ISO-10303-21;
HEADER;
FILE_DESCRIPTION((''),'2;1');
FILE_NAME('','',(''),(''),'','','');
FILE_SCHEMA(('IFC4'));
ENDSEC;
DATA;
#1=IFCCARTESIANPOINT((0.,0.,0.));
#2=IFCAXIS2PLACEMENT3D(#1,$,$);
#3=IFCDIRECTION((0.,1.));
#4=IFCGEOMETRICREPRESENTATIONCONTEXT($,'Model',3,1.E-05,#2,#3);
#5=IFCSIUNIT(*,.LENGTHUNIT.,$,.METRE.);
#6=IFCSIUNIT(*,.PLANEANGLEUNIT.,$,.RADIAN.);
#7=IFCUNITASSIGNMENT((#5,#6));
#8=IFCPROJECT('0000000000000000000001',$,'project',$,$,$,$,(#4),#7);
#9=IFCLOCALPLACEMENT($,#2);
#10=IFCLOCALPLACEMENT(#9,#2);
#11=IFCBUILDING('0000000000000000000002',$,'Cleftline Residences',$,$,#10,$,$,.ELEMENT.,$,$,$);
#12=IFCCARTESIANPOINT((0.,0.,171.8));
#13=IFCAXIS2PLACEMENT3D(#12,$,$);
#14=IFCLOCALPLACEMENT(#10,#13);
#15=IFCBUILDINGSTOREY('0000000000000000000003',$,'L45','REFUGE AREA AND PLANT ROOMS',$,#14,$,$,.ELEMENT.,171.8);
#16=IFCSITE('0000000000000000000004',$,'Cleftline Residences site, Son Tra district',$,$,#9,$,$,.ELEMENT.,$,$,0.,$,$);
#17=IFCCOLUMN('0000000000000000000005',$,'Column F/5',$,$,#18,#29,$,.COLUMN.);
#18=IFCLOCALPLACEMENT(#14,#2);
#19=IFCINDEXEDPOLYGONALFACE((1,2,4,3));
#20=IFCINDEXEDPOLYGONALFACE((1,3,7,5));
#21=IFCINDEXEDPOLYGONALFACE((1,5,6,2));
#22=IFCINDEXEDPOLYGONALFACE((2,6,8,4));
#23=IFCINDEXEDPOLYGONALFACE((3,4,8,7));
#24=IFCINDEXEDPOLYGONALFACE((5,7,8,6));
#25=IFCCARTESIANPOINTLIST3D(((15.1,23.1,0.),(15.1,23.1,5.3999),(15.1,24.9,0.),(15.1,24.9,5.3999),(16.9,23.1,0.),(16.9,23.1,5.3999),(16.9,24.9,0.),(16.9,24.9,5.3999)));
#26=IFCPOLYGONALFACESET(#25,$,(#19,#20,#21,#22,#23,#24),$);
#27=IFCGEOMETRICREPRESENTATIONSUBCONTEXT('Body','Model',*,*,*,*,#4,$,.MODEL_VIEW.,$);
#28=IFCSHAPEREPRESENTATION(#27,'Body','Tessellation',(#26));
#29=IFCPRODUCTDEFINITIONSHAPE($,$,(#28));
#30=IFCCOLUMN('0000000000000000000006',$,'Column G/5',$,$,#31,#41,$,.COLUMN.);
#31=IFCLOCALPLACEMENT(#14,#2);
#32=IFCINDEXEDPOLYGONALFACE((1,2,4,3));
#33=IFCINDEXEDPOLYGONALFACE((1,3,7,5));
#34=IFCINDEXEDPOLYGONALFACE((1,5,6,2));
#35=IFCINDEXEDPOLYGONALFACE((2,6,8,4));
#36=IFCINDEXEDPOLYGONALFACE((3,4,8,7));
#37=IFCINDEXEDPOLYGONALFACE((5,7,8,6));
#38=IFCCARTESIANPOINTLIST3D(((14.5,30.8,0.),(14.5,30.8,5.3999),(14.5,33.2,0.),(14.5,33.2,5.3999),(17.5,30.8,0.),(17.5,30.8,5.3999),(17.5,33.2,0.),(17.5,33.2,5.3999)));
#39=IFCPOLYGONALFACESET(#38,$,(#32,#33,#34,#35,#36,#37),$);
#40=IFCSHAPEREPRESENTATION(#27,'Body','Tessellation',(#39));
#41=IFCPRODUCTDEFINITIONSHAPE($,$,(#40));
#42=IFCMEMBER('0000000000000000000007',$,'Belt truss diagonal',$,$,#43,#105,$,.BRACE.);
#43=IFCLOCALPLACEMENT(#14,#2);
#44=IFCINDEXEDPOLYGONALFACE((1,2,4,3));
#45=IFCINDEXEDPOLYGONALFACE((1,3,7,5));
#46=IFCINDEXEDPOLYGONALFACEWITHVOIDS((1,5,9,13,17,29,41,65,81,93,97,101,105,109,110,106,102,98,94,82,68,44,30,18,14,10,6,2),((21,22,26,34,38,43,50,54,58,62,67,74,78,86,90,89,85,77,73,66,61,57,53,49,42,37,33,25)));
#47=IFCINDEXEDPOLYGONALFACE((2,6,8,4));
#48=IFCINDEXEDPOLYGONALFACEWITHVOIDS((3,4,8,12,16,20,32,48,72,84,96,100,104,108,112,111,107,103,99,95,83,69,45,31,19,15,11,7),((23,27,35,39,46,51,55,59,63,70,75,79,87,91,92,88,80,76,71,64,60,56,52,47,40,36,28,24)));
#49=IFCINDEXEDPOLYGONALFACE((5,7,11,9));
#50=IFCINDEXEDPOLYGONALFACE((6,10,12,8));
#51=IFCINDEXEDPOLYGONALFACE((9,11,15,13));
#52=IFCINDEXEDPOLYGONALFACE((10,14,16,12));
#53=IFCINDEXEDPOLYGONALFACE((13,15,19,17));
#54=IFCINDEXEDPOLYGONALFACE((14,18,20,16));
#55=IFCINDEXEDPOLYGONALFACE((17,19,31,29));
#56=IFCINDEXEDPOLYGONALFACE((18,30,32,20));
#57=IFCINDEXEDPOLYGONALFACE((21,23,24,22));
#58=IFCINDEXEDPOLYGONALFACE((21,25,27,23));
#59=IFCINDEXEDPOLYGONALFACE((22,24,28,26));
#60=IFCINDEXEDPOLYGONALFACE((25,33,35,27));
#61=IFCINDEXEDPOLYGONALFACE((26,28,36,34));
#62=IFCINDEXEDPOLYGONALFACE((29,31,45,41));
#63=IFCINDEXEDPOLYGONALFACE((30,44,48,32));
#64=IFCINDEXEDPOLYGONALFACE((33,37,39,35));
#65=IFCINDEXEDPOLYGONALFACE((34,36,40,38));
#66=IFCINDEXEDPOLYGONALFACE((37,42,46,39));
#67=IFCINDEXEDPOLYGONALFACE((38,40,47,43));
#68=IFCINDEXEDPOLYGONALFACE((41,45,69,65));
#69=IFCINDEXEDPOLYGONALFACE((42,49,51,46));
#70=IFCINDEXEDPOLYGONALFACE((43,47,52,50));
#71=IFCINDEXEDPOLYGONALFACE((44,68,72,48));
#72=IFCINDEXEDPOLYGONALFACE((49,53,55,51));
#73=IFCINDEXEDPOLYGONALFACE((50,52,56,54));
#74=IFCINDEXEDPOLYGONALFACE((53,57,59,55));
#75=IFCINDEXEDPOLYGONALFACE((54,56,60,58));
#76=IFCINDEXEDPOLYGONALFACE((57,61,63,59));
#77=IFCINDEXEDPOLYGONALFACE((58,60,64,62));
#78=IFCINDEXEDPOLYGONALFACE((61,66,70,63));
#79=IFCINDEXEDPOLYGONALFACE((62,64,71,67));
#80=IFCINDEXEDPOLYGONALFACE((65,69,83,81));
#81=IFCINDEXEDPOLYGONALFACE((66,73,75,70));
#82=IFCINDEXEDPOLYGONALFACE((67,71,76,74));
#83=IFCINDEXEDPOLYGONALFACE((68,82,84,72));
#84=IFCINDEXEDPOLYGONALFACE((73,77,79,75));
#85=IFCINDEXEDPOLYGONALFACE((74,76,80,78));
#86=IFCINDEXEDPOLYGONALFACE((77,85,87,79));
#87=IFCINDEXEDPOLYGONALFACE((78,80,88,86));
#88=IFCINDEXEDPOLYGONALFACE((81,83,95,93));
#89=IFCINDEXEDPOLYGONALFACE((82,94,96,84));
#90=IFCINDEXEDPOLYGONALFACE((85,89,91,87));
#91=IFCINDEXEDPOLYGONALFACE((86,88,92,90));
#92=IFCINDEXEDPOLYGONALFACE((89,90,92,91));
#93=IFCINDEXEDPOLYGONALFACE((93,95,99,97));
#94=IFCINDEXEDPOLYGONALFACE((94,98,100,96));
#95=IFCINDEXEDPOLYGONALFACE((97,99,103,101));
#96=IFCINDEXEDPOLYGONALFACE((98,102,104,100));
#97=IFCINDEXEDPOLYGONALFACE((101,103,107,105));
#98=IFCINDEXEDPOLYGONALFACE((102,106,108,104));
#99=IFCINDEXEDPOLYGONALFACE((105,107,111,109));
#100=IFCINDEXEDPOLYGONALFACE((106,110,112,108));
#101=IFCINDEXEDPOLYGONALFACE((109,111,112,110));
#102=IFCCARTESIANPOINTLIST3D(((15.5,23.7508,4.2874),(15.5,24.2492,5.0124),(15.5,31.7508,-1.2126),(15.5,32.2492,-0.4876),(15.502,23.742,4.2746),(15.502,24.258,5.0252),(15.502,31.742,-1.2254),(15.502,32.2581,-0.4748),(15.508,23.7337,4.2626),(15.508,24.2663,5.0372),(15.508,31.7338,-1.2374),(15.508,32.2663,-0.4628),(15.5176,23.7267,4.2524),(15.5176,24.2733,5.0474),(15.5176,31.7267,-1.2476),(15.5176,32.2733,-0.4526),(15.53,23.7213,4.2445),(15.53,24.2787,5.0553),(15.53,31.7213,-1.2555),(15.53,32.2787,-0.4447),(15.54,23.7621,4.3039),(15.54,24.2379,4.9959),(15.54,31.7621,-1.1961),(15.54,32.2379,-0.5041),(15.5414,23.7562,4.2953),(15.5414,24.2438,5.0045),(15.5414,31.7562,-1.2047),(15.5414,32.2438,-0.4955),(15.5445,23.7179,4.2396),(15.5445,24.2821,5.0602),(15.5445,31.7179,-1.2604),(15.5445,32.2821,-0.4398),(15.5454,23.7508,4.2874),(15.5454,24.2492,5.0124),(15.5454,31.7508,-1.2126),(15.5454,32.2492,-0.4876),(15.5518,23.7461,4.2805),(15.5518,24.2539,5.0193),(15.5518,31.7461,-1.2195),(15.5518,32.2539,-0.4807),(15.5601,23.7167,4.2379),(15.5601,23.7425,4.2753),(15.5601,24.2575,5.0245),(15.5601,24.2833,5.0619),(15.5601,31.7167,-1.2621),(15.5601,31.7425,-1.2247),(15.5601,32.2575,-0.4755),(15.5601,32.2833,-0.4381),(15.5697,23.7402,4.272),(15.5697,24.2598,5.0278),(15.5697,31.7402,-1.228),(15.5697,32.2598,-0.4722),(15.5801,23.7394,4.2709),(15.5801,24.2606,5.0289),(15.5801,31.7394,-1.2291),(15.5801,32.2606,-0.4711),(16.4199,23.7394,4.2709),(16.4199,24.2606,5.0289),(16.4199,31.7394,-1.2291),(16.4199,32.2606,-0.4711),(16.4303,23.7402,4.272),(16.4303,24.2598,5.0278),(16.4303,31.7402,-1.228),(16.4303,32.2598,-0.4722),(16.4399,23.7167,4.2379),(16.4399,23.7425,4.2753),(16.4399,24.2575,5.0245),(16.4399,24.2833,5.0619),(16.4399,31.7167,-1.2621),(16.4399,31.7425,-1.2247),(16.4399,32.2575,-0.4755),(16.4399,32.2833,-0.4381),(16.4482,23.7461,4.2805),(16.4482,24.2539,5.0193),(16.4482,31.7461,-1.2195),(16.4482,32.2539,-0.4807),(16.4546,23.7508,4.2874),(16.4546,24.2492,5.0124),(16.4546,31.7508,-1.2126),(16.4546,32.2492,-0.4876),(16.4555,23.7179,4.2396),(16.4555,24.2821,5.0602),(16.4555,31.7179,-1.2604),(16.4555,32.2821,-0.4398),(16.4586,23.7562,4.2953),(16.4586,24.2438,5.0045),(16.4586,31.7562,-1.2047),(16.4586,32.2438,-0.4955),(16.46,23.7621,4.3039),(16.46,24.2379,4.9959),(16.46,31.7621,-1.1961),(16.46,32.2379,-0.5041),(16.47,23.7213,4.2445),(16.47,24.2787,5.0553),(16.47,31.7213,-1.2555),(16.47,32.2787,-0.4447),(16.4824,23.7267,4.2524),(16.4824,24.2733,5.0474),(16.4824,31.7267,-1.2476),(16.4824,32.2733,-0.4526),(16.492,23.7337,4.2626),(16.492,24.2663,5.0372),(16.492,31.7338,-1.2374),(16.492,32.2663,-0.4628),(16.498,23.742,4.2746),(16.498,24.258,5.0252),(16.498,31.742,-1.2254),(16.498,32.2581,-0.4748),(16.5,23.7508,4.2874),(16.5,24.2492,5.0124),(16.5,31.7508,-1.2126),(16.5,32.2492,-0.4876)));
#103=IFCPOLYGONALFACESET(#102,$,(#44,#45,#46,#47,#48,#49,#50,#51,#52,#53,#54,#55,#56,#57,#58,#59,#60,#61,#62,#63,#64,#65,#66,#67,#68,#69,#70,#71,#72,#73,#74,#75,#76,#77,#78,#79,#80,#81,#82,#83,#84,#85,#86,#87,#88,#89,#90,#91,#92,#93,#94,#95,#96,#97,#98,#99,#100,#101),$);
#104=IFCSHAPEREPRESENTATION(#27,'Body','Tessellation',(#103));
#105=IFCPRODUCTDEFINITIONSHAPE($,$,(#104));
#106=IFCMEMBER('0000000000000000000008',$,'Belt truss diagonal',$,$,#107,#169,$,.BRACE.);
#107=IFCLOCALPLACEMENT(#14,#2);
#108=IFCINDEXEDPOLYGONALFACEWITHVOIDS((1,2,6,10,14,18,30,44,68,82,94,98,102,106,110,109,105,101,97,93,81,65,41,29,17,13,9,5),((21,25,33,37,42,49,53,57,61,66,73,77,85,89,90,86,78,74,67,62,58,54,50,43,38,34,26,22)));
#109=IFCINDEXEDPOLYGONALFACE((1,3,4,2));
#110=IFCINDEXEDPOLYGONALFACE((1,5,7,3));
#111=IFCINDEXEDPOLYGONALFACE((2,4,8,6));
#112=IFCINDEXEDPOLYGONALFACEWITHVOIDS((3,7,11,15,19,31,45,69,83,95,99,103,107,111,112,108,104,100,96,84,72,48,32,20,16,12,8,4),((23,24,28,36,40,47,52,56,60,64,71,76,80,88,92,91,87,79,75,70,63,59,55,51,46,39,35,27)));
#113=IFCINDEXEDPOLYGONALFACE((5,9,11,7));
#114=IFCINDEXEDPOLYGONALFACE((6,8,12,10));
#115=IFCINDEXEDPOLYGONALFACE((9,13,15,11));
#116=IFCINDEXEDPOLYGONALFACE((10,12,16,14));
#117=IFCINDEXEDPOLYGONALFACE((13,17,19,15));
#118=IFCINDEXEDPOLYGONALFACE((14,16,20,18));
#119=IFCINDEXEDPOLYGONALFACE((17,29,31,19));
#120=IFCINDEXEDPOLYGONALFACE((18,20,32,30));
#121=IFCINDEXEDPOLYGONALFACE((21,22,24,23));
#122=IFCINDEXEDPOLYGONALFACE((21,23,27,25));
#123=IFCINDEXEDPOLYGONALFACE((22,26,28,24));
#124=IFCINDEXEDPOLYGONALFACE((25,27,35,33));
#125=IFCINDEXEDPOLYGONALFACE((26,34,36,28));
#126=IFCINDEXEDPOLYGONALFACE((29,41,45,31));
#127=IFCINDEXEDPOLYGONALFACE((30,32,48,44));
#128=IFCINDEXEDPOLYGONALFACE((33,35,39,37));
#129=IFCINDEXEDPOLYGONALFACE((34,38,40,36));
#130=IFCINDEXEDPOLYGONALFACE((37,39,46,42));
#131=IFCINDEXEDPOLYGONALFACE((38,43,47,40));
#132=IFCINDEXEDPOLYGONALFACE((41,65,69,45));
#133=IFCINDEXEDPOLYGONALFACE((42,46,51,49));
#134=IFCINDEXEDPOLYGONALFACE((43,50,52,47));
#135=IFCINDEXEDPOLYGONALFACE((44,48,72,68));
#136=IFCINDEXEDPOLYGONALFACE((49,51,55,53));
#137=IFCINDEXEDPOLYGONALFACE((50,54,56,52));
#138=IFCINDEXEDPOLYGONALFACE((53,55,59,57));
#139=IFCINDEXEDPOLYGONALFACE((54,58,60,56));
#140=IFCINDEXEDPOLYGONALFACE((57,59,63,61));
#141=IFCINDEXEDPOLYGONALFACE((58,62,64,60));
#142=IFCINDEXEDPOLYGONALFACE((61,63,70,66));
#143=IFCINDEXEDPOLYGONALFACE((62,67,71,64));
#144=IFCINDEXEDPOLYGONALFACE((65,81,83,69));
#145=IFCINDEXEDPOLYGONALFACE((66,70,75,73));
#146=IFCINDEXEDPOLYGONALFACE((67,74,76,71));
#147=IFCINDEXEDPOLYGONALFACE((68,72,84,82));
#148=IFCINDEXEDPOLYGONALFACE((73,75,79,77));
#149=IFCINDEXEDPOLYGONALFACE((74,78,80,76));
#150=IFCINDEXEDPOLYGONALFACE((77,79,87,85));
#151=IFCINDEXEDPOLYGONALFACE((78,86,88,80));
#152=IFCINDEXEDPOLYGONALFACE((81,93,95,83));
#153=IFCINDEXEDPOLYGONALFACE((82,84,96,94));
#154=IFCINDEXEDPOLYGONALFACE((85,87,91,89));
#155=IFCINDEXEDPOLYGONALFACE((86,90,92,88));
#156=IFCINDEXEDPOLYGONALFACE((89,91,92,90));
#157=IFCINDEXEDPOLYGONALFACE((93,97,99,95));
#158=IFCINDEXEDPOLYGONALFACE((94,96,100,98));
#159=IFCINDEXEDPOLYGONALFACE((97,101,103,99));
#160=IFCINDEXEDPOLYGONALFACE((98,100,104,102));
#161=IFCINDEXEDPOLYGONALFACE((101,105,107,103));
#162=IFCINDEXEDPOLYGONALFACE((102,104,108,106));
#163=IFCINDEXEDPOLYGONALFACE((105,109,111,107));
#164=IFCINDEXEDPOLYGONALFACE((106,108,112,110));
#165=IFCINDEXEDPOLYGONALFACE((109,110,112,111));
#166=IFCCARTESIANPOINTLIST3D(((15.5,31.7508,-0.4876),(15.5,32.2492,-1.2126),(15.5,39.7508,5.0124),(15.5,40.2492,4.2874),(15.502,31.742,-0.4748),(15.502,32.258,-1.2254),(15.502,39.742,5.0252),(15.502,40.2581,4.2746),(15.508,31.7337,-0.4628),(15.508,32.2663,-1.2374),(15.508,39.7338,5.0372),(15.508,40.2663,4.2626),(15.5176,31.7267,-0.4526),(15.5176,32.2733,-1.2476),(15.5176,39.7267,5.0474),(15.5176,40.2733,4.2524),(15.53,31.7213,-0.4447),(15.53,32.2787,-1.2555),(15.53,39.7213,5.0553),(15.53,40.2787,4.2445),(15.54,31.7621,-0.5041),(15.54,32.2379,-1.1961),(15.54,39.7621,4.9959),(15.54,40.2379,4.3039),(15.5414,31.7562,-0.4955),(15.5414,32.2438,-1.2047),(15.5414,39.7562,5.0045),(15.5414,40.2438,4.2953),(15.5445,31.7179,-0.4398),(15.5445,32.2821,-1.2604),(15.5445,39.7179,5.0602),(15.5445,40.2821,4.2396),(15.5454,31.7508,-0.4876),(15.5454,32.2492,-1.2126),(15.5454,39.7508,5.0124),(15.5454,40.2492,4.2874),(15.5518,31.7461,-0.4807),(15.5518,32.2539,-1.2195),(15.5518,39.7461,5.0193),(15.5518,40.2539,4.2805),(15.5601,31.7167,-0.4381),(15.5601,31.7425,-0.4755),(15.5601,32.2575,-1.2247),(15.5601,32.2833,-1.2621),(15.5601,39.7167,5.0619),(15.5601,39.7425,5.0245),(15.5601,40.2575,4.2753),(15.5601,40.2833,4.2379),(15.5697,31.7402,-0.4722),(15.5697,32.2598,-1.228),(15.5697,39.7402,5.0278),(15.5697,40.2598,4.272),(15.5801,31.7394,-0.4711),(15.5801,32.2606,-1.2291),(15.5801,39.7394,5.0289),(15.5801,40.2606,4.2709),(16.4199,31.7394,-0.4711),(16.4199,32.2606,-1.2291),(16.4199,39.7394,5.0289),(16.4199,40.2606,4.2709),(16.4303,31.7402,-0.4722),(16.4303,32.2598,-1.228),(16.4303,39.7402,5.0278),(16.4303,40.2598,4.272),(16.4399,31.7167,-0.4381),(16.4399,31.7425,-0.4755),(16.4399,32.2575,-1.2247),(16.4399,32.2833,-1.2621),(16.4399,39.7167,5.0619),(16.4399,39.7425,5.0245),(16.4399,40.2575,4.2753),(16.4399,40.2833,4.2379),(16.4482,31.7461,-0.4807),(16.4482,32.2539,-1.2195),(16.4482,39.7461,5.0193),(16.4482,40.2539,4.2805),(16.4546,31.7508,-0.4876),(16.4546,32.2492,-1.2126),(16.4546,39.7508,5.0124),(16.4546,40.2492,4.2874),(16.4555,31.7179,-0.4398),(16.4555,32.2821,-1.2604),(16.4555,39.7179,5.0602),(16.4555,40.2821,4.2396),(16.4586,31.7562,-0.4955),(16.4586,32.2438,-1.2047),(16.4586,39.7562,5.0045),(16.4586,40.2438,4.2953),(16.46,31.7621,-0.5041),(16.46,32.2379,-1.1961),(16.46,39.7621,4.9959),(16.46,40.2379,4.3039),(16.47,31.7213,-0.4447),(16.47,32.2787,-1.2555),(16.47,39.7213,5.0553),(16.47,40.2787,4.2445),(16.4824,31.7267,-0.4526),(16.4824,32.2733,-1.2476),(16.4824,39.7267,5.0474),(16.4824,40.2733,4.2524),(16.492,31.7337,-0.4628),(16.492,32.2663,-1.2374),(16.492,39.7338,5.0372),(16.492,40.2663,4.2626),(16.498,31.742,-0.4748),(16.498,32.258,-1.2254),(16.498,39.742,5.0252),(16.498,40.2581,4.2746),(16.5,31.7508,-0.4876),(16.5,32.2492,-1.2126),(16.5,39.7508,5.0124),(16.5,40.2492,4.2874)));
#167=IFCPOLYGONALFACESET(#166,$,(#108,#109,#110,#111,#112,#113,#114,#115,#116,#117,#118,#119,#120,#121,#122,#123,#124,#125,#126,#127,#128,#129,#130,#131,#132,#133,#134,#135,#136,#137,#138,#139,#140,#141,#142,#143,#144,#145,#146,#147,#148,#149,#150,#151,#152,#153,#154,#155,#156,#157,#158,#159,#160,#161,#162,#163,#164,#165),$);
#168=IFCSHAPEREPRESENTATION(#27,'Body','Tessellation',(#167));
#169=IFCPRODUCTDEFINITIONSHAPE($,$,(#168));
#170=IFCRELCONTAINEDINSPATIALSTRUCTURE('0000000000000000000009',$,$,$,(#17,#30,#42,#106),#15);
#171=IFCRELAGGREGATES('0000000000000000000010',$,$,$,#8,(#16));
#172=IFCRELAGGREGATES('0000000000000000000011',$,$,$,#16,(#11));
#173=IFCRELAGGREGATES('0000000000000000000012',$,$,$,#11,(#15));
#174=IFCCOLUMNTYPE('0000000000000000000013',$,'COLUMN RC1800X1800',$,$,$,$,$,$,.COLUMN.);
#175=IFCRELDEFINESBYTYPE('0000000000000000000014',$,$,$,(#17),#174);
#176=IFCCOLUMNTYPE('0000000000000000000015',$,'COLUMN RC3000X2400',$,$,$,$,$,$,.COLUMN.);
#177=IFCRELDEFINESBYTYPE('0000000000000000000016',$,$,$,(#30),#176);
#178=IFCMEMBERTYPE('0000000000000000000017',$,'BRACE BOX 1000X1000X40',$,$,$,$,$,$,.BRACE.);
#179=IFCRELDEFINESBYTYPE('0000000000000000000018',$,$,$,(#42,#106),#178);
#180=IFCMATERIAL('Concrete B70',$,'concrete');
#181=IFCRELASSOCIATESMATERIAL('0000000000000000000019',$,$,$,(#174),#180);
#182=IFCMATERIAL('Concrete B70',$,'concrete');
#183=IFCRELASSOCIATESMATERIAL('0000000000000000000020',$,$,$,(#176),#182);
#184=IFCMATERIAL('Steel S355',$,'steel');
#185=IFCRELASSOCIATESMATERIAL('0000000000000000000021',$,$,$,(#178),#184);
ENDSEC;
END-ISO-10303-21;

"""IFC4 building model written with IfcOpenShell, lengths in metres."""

from ifc_helpers import new_model, si_unit, direction, frame, origin, origin_2d, place, context, subcontext, project, spatial, rectangle, hollow_rectangle, extrude, material, material_profile, profile_set, type_object, element, save


model = new_model("IFC4")

# Units and contexts
model_context = context("Model", 3, precision=1e-05, world=origin(), true_north=direction((0.0, 1.0)))
body_context = subcontext(model_context, "Body", "Model", "MODEL_VIEW")
ifc_project = project(units=[si_unit("LENGTHUNIT", "METRE"), si_unit("PLANEANGLEUNIT", "RADIAN")], contexts=[model_context])

# Site, building, storey
site_placement = place(None, origin())
site = spatial("IfcSite", under=ifc_project, at=site_placement, Name="Cleftline Residences site, Son Tra district", CompositionType="ELEMENT", RefElevation=0.0)
building_placement = place(site_placement, origin())
building = spatial("IfcBuilding", under=site, at=building_placement, Name="Cleftline Residences", CompositionType="ELEMENT")
storey_placement = place(building_placement, frame((0.0, 0.0, 171.8)))
storey = spatial("IfcBuildingStorey", under=building, at=storey_placement, Name="L45", Description="REFUGE AREA AND PLANT ROOMS", CompositionType="ELEMENT", Elevation=171.8)

# Columns
ifc_material_1 = material(Name="Concrete B70", Category="concrete")
ifc_material_profile_1 = material_profile(ifc_material_1, rectangle(XDim=1.8, YDim=1.8, at=origin_2d()))
ifc_profile_set_1 = profile_set([ifc_material_profile_1], Name="Concrete B70")
column_type_1 = type_object("IfcColumnType", Name="COLUMN RC1800X1800", PredefinedType="COLUMN", material=ifc_profile_set_1)
column_1_placement = place(storey_placement, frame((16.0, 24.0, 0.0), z_axis=(0.0, 0.0, 1.0), x_axis=(1.0, 0.0, 0.0)))
element("IfcColumn", 1, at=column_1_placement, inside=storey, type_object=column_type_1, Name="Column F/5", PredefinedType="COLUMN", context=body_context, shape_type="SweptSolid", body=[
    extrude(rectangle(XDim=1.8, YDim=1.8, at=origin_2d()), origin(), (0.0, 0.0, 1.0), 5.3999),
])
ifc_material_2 = material(Name="Concrete B70", Category="concrete")
ifc_material_profile_2 = material_profile(ifc_material_2, rectangle(XDim=3.0, YDim=2.3999, at=origin_2d()))
ifc_profile_set_2 = profile_set([ifc_material_profile_2], Name="Concrete B70")
column_type_2 = type_object("IfcColumnType", Name="COLUMN RC3000X2400", PredefinedType="COLUMN", material=ifc_profile_set_2)
column_2_placement = place(storey_placement, frame((16.0, 32.0, 0.0), z_axis=(0.0, 0.0, 1.0), x_axis=(1.0, 0.0, 0.0)))
element("IfcColumn", 2, at=column_2_placement, inside=storey, type_object=column_type_2, Name="Column G/5", PredefinedType="COLUMN", context=body_context, shape_type="SweptSolid", body=[
    extrude(rectangle(XDim=3.0, YDim=2.3999, at=origin_2d()), origin(), (0.0, 0.0, 1.0), 5.3999),
])

# Members
ifc_material_3 = material(Name="Steel S355", Category="steel")
ifc_material_profile_3 = material_profile(ifc_material_3, hollow_rectangle(XDim=1.0, YDim=1.0, WallThickness=0.04, InnerFilletRadius=0.04, OuterFilletRadius=0.0601, at=origin_2d()))
ifc_profile_set_3 = profile_set([ifc_material_profile_3], Name="Steel S355")
member_type_1 = type_object("IfcMemberType", Name="BRACE BOX 1000X1000X40", PredefinedType="BRACE", material=ifc_profile_set_3)
for number, where, z_axis, x_axis, name in (
    (3, (16.0, 24.0, 4.6499), (0.0, 0.824042, -0.566529), (0.0, 0.566529, 0.824042), "Belt truss diagonal"),
    (4, (16.0, 32.0, -0.8501), (0.0, 0.824042, 0.566529), (0.0, -0.566529, 0.824042), "Belt truss diagonal"),
):
    element("IfcMember", number, at=place(storey_placement, frame(where, z_axis=z_axis, x_axis=x_axis)), inside=storey, type_object=member_type_1, Name=name, PredefinedType="BRACE", context=body_context, shape_type="SweptSolid", body=[
        extrude(hollow_rectangle(XDim=1.0, YDim=1.0, WallThickness=0.04, InnerFilletRadius=0.04, OuterFilletRadius=0.0601, at=origin_2d()), origin(), (0.0, 0.0, 1.0), 9.7083),
    ])

save(model, "model.ifc")
